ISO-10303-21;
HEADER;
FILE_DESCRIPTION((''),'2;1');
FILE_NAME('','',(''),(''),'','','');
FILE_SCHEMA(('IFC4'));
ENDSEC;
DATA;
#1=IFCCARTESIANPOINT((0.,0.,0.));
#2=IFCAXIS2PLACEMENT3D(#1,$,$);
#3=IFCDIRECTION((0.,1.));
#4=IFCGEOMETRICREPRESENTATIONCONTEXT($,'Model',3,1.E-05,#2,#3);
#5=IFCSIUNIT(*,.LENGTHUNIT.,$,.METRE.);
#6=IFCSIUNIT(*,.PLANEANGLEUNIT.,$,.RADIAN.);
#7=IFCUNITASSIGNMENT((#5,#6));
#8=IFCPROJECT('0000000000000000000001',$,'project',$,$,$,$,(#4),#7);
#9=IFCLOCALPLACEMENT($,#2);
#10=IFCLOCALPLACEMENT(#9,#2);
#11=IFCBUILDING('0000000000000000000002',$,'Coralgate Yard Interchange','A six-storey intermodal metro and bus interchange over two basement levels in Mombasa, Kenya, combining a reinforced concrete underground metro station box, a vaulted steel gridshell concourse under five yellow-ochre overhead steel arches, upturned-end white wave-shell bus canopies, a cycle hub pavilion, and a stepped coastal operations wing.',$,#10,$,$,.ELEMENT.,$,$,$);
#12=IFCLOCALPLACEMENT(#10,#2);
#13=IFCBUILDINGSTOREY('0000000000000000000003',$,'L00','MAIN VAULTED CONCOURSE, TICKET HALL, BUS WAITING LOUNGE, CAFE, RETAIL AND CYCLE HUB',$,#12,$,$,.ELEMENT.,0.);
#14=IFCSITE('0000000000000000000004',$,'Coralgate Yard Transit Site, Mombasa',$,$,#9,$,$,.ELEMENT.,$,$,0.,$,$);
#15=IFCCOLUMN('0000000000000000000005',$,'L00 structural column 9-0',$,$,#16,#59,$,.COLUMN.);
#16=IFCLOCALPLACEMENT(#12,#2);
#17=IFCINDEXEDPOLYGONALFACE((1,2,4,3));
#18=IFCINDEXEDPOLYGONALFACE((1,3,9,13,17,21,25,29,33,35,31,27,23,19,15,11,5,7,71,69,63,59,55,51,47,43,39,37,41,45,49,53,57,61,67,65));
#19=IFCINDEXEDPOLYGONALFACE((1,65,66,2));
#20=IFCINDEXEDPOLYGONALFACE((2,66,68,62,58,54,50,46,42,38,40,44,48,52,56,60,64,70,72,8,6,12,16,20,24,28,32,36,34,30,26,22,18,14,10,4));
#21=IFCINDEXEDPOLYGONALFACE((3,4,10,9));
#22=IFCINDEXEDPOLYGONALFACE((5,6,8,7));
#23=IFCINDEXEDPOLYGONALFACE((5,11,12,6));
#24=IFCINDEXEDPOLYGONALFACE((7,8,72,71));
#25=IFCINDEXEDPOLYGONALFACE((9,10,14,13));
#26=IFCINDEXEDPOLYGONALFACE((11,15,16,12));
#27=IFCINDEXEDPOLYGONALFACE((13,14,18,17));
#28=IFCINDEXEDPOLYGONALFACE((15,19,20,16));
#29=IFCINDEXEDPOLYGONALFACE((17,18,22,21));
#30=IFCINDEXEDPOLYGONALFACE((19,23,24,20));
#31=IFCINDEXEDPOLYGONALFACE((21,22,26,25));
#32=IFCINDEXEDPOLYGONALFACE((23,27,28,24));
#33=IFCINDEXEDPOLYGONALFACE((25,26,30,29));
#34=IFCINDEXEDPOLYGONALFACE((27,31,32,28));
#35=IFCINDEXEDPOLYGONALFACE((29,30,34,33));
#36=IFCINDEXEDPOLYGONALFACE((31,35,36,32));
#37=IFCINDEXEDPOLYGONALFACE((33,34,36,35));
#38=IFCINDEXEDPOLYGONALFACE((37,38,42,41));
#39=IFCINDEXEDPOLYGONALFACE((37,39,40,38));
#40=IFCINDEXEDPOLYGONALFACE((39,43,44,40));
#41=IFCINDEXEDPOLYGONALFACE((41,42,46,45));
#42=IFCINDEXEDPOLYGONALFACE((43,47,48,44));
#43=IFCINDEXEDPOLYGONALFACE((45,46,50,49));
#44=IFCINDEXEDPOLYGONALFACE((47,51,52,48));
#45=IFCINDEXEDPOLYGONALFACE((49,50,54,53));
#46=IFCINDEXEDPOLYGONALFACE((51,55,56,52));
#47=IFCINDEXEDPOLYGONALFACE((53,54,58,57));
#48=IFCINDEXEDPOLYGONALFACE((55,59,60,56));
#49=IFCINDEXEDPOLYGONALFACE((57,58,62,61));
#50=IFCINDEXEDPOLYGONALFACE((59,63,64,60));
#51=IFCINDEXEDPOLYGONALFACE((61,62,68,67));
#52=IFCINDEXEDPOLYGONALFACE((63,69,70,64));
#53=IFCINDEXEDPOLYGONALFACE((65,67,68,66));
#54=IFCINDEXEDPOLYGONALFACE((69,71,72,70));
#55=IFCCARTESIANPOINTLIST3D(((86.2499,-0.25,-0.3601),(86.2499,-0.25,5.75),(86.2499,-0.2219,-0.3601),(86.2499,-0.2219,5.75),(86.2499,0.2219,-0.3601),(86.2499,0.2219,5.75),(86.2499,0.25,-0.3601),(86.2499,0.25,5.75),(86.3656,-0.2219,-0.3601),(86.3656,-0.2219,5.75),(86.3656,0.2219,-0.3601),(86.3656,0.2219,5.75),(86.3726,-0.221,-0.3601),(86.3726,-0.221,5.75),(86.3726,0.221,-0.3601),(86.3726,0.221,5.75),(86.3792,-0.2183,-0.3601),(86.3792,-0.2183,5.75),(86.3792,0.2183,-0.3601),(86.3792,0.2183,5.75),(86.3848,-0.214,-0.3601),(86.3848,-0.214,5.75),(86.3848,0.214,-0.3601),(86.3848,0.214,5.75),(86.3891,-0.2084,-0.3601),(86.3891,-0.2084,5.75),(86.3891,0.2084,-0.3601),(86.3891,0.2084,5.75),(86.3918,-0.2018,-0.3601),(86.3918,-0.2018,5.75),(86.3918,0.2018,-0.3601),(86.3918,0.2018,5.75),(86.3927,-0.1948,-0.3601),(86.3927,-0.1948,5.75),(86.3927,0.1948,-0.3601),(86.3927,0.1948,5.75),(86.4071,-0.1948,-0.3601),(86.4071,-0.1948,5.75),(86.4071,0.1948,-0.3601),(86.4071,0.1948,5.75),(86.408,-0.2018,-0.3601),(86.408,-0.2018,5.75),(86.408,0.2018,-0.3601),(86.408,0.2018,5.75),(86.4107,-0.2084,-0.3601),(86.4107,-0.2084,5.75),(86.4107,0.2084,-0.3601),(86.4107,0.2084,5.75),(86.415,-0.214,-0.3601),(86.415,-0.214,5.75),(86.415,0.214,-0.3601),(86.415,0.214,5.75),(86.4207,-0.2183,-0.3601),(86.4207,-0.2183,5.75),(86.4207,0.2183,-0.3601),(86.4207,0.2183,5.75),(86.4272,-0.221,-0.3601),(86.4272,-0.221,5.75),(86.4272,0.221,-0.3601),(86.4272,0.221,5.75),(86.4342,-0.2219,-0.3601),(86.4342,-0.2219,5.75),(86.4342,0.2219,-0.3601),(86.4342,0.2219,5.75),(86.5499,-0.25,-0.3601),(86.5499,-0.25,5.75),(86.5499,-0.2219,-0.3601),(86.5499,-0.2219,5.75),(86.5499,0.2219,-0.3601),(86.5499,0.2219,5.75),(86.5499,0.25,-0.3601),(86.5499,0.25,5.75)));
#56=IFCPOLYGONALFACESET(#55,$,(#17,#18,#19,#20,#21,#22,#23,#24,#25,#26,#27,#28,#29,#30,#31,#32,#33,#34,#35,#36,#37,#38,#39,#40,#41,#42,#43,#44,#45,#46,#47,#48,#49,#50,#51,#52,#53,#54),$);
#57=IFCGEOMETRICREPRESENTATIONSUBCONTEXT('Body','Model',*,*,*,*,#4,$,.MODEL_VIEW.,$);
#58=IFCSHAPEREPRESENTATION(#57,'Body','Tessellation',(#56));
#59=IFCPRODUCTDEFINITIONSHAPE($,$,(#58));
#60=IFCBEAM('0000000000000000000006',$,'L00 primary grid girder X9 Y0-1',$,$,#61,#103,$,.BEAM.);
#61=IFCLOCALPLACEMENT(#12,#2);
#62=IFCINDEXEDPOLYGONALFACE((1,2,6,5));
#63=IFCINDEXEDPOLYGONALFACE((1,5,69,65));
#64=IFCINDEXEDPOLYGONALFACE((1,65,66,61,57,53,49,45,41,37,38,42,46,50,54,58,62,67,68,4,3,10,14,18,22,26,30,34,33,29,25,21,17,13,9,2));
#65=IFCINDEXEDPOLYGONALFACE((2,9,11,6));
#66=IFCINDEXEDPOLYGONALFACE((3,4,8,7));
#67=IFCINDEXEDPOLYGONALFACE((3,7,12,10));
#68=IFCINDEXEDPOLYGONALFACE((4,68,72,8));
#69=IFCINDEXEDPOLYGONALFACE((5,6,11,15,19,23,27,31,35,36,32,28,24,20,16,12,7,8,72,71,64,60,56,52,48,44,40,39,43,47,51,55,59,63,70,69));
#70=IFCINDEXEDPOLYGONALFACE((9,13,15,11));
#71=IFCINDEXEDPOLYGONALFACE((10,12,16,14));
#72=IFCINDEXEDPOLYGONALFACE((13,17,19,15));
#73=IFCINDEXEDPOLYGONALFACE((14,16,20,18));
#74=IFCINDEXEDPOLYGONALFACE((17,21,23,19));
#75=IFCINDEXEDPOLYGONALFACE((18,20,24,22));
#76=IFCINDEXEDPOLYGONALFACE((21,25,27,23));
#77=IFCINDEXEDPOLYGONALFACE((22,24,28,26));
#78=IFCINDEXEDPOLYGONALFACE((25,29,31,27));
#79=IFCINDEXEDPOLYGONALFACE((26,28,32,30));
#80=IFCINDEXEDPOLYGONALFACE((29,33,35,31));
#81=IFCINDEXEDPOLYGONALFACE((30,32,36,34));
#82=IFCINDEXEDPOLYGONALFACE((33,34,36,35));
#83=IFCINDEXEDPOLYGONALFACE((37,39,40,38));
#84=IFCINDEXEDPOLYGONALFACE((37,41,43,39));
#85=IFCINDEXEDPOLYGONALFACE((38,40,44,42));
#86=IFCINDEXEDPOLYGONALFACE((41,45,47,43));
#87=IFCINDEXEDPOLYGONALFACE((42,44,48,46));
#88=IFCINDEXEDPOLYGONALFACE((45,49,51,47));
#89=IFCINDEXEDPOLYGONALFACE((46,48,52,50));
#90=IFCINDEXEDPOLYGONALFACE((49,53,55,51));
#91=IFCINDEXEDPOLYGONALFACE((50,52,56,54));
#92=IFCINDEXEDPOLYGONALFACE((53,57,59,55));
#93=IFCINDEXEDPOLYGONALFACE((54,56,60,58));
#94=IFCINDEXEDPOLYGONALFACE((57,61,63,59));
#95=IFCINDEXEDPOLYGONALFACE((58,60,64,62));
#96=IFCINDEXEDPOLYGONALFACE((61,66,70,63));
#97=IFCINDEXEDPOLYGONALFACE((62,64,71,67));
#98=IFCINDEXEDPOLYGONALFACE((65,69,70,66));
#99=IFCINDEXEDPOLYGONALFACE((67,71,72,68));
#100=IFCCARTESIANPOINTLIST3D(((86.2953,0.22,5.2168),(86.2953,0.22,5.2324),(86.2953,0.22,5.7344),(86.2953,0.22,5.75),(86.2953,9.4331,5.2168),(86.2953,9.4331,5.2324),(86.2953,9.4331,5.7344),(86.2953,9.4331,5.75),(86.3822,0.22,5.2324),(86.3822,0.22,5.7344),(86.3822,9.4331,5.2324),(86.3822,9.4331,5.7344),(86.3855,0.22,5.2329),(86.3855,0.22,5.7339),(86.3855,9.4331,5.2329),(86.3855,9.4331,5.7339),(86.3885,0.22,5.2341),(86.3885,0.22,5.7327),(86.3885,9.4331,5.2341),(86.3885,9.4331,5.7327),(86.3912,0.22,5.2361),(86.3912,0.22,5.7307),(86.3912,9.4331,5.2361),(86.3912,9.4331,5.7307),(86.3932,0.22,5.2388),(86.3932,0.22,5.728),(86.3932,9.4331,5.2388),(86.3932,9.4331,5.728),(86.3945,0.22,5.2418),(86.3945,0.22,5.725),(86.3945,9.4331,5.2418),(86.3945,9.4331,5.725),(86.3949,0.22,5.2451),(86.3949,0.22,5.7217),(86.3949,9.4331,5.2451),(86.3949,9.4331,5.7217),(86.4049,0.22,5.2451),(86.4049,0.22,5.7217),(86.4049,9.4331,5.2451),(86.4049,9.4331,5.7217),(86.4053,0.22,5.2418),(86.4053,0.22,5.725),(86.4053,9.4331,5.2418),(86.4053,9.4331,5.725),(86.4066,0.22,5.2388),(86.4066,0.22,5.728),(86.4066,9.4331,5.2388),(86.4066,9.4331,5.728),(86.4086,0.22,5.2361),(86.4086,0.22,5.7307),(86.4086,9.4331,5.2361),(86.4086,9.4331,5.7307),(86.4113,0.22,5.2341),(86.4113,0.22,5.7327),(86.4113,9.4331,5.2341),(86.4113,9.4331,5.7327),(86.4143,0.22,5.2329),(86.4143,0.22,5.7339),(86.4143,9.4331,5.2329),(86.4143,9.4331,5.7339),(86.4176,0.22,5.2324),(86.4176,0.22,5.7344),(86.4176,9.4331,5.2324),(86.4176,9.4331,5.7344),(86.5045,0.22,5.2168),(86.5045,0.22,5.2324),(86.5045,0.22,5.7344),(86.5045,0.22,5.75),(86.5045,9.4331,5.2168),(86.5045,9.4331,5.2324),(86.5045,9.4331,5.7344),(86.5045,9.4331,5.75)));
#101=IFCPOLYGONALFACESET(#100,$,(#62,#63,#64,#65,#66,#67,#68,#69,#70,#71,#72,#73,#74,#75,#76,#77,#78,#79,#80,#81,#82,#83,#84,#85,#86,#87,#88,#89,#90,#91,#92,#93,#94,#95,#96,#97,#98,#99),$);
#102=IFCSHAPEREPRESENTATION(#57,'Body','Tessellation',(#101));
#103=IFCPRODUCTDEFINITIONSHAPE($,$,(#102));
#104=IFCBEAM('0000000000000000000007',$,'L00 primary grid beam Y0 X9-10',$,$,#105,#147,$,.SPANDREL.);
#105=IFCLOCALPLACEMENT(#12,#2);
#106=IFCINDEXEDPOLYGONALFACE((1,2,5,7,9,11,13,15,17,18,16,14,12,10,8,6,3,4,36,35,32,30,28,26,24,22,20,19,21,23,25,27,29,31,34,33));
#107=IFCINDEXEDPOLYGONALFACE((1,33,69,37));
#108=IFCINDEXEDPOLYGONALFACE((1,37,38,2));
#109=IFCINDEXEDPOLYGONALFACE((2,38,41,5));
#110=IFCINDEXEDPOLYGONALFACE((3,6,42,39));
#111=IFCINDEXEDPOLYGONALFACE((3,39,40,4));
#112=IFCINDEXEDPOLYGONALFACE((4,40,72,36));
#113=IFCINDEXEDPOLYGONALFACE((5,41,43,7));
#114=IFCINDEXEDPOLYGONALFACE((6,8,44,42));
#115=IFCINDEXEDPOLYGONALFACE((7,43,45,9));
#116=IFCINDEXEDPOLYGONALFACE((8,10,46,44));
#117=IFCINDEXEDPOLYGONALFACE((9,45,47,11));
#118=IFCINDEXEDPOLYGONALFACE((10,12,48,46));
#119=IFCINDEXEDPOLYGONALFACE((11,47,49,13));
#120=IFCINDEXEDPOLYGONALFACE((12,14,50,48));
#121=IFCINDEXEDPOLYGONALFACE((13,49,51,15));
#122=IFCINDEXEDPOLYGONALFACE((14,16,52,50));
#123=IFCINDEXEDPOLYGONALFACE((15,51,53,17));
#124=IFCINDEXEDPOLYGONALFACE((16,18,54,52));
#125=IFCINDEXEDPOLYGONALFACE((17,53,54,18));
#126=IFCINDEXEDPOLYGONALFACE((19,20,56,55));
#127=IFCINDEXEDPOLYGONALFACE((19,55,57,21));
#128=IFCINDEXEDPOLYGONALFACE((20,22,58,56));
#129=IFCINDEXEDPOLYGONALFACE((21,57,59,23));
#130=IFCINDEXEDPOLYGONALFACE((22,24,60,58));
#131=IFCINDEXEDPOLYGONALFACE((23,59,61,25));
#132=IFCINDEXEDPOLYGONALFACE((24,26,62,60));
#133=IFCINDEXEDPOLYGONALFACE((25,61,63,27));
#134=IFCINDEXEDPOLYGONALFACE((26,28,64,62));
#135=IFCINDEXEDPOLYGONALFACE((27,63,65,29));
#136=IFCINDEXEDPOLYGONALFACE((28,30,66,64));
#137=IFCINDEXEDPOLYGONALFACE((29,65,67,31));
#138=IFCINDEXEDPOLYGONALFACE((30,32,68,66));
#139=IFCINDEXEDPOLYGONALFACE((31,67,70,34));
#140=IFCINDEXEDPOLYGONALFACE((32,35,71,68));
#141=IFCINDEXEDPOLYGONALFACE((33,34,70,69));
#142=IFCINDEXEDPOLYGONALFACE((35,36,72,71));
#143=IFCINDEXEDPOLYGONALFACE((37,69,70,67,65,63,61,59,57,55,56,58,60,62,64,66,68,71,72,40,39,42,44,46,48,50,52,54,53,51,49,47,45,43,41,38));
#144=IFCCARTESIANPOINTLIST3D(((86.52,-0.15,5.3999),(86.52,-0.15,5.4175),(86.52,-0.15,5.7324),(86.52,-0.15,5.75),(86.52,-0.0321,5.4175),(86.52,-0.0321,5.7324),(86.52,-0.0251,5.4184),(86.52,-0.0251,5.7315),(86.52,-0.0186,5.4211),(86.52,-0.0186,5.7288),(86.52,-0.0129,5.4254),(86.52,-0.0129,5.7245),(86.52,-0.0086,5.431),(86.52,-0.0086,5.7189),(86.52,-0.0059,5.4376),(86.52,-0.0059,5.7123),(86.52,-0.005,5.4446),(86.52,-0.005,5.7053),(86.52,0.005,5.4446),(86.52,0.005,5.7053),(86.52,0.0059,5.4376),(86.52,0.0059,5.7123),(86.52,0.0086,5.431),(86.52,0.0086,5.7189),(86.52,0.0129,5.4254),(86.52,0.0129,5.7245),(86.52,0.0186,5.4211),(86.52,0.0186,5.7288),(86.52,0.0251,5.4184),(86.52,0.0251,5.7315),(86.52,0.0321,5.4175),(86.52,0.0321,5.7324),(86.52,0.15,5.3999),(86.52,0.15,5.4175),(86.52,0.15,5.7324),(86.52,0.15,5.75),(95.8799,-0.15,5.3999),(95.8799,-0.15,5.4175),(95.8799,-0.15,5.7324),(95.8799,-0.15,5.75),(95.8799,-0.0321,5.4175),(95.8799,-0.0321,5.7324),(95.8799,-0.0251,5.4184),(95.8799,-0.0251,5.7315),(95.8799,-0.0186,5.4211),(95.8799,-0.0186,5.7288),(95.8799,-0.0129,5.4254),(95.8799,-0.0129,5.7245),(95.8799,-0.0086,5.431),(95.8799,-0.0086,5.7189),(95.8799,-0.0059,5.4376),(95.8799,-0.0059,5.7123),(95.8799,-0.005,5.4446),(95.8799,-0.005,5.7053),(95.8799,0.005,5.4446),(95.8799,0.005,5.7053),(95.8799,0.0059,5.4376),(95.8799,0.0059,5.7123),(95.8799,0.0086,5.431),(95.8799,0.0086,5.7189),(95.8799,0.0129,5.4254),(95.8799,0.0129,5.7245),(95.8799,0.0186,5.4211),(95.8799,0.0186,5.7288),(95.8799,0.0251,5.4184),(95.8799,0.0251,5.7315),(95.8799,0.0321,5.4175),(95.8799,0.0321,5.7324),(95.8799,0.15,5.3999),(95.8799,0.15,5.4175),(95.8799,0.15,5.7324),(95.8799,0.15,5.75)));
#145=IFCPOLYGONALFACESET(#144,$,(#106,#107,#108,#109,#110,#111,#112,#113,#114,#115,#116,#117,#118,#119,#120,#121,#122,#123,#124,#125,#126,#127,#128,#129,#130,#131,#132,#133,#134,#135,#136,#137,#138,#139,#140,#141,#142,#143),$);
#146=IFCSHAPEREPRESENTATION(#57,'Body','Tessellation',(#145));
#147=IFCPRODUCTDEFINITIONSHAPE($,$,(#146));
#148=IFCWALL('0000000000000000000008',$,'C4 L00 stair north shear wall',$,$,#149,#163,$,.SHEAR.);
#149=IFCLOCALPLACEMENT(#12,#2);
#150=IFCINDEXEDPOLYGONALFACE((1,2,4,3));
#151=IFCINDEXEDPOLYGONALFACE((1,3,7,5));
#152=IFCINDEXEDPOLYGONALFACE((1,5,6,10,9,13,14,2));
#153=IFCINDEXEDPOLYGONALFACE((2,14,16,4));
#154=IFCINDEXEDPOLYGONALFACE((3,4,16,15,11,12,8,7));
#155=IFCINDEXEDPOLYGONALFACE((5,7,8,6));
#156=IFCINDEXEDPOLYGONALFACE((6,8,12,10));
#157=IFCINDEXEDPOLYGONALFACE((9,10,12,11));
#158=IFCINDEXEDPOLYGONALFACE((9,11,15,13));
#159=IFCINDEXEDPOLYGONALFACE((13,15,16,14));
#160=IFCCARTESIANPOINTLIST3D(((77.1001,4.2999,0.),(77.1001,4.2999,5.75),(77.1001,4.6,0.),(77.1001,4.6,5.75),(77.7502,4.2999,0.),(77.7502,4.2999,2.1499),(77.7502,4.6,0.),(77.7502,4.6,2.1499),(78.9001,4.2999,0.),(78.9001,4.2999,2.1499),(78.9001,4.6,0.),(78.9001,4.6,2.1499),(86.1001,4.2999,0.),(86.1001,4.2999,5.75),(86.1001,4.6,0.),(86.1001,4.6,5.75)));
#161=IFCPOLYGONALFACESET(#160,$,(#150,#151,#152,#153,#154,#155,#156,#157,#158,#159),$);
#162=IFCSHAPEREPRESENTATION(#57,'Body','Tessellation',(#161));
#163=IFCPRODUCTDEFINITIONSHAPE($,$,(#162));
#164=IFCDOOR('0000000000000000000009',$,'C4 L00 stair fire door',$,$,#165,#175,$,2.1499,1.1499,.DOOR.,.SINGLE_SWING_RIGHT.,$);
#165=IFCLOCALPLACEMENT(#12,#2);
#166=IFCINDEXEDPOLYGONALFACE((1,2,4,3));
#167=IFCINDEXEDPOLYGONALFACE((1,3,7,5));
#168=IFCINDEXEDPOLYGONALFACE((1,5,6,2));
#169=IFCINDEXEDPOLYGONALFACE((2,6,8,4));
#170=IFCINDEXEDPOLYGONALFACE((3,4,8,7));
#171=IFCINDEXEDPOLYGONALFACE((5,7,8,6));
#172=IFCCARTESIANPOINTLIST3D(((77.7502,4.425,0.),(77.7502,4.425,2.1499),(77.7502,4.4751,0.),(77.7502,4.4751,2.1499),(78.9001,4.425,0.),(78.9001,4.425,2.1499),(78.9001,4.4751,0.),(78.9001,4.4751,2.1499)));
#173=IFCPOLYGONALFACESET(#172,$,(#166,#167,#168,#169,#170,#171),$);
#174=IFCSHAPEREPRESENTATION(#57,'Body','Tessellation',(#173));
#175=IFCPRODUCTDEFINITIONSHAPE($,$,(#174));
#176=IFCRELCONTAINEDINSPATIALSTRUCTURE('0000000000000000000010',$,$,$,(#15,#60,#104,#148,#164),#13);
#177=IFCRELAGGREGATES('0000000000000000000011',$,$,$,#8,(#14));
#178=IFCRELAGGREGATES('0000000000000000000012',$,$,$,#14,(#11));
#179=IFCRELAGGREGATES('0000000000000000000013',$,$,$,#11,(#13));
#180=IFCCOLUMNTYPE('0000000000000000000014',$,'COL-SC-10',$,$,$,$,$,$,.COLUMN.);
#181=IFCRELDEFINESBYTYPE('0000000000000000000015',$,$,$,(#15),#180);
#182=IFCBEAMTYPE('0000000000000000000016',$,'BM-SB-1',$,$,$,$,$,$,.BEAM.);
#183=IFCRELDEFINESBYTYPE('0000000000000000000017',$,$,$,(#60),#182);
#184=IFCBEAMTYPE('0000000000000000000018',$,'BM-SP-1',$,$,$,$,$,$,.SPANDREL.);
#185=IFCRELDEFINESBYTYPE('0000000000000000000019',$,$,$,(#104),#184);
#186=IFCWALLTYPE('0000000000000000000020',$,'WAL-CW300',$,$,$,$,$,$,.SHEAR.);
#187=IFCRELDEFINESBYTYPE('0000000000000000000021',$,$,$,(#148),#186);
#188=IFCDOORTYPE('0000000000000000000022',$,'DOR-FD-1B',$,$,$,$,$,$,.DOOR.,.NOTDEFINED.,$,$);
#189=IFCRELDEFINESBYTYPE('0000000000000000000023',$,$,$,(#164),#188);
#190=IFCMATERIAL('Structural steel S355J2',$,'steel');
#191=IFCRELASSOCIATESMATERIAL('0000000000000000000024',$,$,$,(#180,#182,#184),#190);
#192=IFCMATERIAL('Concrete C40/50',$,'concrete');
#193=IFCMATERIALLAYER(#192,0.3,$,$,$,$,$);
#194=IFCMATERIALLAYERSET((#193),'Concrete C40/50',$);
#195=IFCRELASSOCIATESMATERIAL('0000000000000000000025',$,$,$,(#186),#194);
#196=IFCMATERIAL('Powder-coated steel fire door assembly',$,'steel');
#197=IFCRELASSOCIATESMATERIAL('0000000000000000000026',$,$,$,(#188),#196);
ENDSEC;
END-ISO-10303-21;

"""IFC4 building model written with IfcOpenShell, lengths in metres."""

from ifc_helpers import new_model, si_unit, direction, frame, frame_2d, origin, origin_2d, place, context, subcontext, project, spatial, rectangle, i_section, extrude, material, layer, layer_set, material_profile, profile_set, type_object, element, fill, save


model = new_model("IFC4")

# Units and contexts
model_context = context("Model", 3, precision=1e-05, world=origin(), true_north=direction((0.0, 1.0)))
body_context = subcontext(model_context, "Body", "Model", "MODEL_VIEW")
ifc_project = project(units=[si_unit("LENGTHUNIT", "METRE"), si_unit("PLANEANGLEUNIT", "RADIAN")], contexts=[model_context])

# Site, building, storey
site_placement = place(None, origin())
site = spatial("IfcSite", under=ifc_project, at=site_placement, Name="Coralgate Yard Transit Site, Mombasa", CompositionType="ELEMENT", RefElevation=0.0)
building_placement = place(site_placement, origin())
building = spatial("IfcBuilding", under=site, at=building_placement, Name="Coralgate Yard Interchange", Description="A six-storey intermodal metro and bus interchange over two basement levels in Mombasa, Kenya, combining a reinforced concrete underground metro station box, a vaulted steel gridshell concourse under five yellow-ochre overhead steel arches, upturned-end white wave-shell bus canopies, a cycle hub pavilion, and a stepped coastal operations wing.", CompositionType="ELEMENT")
storey_placement = place(building_placement, origin())
storey = spatial("IfcBuildingStorey", under=building, at=storey_placement, Name="L00", Description="MAIN VAULTED CONCOURSE, TICKET HALL, BUS WAITING LOUNGE, CAFE, RETAIL AND CYCLE HUB", CompositionType="ELEMENT", Elevation=0.0)

# Shared definitions
ifc_material_1 = material(Name="Concrete C40/50", Category="concrete")

# Column
ifc_material_2 = material(Name="Structural steel S355J2", Category="steel")
ifc_material_profile_1 = material_profile(ifc_material_2, i_section(OverallWidth=0.3, OverallDepth=0.5, WebThickness=0.0144, FlangeThickness=0.0281, FilletRadius=0.0271, at=origin_2d()), Name="HEB 500")
ifc_profile_set_1 = profile_set([ifc_material_profile_1], Name="Structural steel S355J2")
column_type = type_object("IfcColumnType", Name="COL-SC-10", PredefinedType="COLUMN", material=ifc_profile_set_1)
column_placement = place(storey_placement, frame((86.3999, 0.0, -0.3601), z_axis=(0.0, 0.0, 1.0), x_axis=(1.0, 0.0, 0.0)))
element("IfcColumn", 1, at=column_placement, inside=storey, type_object=column_type, Name="L00 structural column 9-0", PredefinedType="COLUMN", context=body_context, shape_type="SweptSolid", body=[
    extrude(i_section(OverallWidth=0.3, OverallDepth=0.5, WebThickness=0.0144, FlangeThickness=0.0281, FilletRadius=0.0271, at=origin_2d()), origin(), (0.0, 0.0, 1.0), 6.1101),
])

# Beams
ifc_material_profile_2 = material_profile(ifc_material_2, i_section(OverallWidth=0.2092, OverallDepth=0.5332, WebThickness=0.01, FlangeThickness=0.0156, FilletRadius=0.0127, at=origin_2d()), Name="UB 533x210x92")
ifc_profile_set_2 = profile_set([ifc_material_profile_2], Name="Structural steel S355J2")
beam_type_1 = type_object("IfcBeamType", Name="BM-SB-1", PredefinedType="BEAM", material=ifc_profile_set_2)
beam_1_placement = place(storey_placement, frame((86.3999, 0.22, 5.4834), z_axis=(0.0, 1.0, 0.0), x_axis=(-1.0, 0.0, 0.0)))
element("IfcBeam", 2, at=beam_1_placement, inside=storey, type_object=beam_type_1, Name="L00 primary grid girder X9 Y0-1", PredefinedType="BEAM", context=body_context, shape_type="SweptSolid", body=[
    extrude(i_section(OverallWidth=0.2092, OverallDepth=0.5332, WebThickness=0.01, FlangeThickness=0.0156, FilletRadius=0.0127, at=origin_2d()), origin(), (0.0, 0.0, 1.0), 9.2131),
])
ifc_material_profile_3 = material_profile(ifc_material_2, i_section(OverallWidth=0.3, OverallDepth=0.3501, WebThickness=0.01, FlangeThickness=0.0176, FilletRadius=0.0271, at=origin_2d()), Name="HEA 360")
ifc_profile_set_3 = profile_set([ifc_material_profile_3], Name="Structural steel S355J2")
beam_type_2 = type_object("IfcBeamType", Name="BM-SP-1", PredefinedType="SPANDREL", material=ifc_profile_set_3)
beam_2_placement = place(storey_placement, frame((86.52, 0.0, 5.575), z_axis=(1.0, 0.0, 0.0), x_axis=(0.0, 1.0, 0.0)))
element("IfcBeam", 3, at=beam_2_placement, inside=storey, type_object=beam_type_2, Name="L00 primary grid beam Y0 X9-10", PredefinedType="SPANDREL", context=body_context, shape_type="SweptSolid", body=[
    extrude(i_section(OverallWidth=0.3, OverallDepth=0.3501, WebThickness=0.01, FlangeThickness=0.0176, FilletRadius=0.0271, at=origin_2d()), origin(), (0.0, 0.0, 1.0), 9.3599),
])

# Wall, opening, door
ifc_layer_1 = layer(ifc_material_1, 0.3)
ifc_layer_set_1 = layer_set([ifc_layer_1], Name="Concrete C40/50")
wall_type_1 = type_object("IfcWallType", Name="WAL-CW300", PredefinedType="SHEAR", material=ifc_layer_set_1)
wall_1_placement = place(storey_placement, frame((86.1001, 4.45, 0.0), z_axis=(0.0, 0.0, 1.0), x_axis=(-1.0, 0.0, 0.0)))
wall_1 = element("IfcWall", 4, at=wall_1_placement, inside=storey, type_object=wall_type_1, Name="C4 L00 stair north shear wall", PredefinedType="SHEAR", context=body_context, shape_type="SweptSolid", body=[
    extrude(rectangle(XDim=9.0, YDim=0.3, at=frame_2d((4.5, 0.0))), origin(), (0.0, 0.0, 1.0), 5.75),
])
opening_placement = place(wall_1_placement, frame((7.2, 0.0, 0.0)))
opening = element("IfcOpeningElement", 5, at=opening_placement, cuts=wall_1, PredefinedType="OPENING", context=body_context, shape_type="SweptSolid", body=[
    extrude(rectangle(XDim=1.1499, YDim=2.1499, at=frame_2d((0.575, 1.075))), frame((0.0, 0.1599, 0.0), z_axis=(0.0, -1.0, 0.0), x_axis=(1.0, 0.0, 0.0)), (0.0, 0.0, 1.0), 0.3201),
])
ifc_material_3 = material(Name="Powder-coated steel fire door assembly", Category="steel")
door_type = type_object("IfcDoorType", Name="DOR-FD-1B", OperationType="NOTDEFINED", PredefinedType="DOOR", material=ifc_material_3)
door_placement = place(opening_placement, origin())
door = element("IfcDoor", 6, at=door_placement, inside=storey, type_object=door_type, Name="C4 L00 stair fire door", OperationType="SINGLE_SWING_RIGHT", OverallHeight=2.1499, OverallWidth=1.1499, PredefinedType="DOOR", context=body_context, shape_type="SweptSolid", body=[
    extrude(rectangle(XDim=1.1499, YDim=2.1499, at=frame_2d((0.575, 1.075))), frame((0.0, 0.0249, 0.0), z_axis=(0.0, -1.0, 0.0), x_axis=(1.0, 0.0, 0.0)), (0.0, 0.0, 1.0), 0.05),
])
fill(opening, door)

save(model, "model.ifc")
